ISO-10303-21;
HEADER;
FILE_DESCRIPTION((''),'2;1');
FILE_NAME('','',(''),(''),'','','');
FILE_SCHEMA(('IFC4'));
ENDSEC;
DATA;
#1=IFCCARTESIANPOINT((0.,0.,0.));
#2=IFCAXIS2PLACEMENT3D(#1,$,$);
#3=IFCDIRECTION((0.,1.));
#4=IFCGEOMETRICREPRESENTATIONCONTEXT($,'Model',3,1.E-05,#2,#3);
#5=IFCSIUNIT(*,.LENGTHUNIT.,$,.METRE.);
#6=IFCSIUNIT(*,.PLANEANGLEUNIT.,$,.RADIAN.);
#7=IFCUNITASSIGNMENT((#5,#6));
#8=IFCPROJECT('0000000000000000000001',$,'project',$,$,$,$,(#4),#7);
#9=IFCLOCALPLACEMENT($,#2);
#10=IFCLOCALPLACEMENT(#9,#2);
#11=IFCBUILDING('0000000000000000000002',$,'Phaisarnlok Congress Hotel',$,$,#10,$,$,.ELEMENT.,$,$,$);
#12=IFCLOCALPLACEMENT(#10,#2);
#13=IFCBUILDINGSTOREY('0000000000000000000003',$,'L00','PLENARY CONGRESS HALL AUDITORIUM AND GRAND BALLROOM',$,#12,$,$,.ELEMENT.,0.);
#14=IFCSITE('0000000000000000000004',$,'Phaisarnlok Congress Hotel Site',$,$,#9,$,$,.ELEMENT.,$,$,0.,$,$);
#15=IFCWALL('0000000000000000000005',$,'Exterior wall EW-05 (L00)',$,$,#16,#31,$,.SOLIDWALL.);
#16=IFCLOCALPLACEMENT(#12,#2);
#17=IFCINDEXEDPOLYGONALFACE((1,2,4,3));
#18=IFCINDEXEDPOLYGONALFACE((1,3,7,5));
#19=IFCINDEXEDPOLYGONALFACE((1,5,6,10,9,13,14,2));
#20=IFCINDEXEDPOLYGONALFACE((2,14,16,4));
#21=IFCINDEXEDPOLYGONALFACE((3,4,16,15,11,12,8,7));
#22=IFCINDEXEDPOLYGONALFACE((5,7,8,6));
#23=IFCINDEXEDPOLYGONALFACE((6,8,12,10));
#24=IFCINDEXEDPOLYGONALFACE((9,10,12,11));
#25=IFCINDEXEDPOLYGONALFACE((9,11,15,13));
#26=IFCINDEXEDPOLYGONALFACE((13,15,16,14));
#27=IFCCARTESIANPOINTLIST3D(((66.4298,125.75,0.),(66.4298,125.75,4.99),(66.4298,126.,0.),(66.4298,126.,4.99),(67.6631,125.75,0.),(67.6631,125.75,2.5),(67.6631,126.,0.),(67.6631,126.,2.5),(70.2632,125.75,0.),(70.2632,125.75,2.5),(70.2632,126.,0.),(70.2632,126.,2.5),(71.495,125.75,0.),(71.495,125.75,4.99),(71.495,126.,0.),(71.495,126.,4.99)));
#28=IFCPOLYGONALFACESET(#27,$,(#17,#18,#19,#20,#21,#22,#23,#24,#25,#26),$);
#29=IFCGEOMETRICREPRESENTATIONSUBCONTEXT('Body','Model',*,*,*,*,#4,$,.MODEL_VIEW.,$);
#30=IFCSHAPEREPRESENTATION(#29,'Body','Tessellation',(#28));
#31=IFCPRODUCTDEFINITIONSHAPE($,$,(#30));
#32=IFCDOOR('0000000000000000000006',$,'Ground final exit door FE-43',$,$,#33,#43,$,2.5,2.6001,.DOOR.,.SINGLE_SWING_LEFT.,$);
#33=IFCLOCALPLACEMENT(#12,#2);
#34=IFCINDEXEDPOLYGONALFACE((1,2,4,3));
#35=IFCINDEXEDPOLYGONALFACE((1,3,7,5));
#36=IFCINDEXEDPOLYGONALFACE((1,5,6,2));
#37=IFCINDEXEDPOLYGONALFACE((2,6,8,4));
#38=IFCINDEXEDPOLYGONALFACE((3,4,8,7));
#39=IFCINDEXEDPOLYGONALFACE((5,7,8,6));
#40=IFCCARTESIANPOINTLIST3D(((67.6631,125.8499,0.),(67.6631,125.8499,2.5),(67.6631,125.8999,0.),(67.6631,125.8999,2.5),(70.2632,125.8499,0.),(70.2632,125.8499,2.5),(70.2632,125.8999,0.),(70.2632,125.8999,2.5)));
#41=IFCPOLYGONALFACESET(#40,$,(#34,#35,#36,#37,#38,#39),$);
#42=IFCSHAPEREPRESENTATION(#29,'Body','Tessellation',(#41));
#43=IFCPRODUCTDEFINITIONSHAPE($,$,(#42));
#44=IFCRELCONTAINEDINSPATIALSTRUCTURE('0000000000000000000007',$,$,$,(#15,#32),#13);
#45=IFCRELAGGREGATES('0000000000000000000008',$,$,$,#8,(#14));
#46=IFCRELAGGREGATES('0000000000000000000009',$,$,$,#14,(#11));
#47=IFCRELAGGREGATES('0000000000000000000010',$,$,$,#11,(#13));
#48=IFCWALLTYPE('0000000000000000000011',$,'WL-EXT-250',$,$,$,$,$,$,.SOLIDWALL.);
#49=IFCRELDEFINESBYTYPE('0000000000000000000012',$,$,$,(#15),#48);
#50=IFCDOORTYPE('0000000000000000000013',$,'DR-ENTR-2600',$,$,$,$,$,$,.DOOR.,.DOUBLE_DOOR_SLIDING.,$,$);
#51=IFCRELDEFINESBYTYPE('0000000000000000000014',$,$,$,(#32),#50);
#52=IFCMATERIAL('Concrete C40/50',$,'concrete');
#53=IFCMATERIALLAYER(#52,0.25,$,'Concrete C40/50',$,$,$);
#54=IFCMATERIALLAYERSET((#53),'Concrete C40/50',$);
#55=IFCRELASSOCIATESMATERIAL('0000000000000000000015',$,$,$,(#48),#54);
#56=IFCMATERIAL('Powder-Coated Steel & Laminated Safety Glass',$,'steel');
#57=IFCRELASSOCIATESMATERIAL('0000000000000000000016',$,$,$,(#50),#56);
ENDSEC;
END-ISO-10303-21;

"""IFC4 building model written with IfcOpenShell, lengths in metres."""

from ifc_helpers import new_model, si_unit, direction, frame, frame_2d, origin, place, context, subcontext, project, spatial, rectangle, extrude, material, layer, layer_set, type_object, element, fill, save


model = new_model("IFC4")

# Units and contexts
model_context = context("Model", 3, precision=1e-05, world=origin(), true_north=direction((0.0, 1.0)))
body_context = subcontext(model_context, "Body", "Model", "MODEL_VIEW")
ifc_project = project(units=[si_unit("LENGTHUNIT", "METRE"), si_unit("PLANEANGLEUNIT", "RADIAN")], contexts=[model_context])

# Site, building, storey
site_placement = place(None, origin())
site = spatial("IfcSite", under=ifc_project, at=site_placement, Name="Phaisarnlok Congress Hotel Site", CompositionType="ELEMENT", RefElevation=0.0)
building_placement = place(site_placement, origin())
building = spatial("IfcBuilding", under=site, at=building_placement, Name="Phaisarnlok Congress Hotel", CompositionType="ELEMENT")
storey_placement = place(building_placement, origin())
storey = spatial("IfcBuildingStorey", under=building, at=storey_placement, Name="L00", Description="PLENARY CONGRESS HALL AUDITORIUM AND GRAND BALLROOM", CompositionType="ELEMENT", Elevation=0.0)

# Shared definitions
ifc_material_1 = material(Name="Concrete C40/50", Category="concrete")

# Wall, opening, door
ifc_material_2 = material(Name="Powder-Coated Steel & Laminated Safety Glass", Category="steel")
ifc_layer_1 = layer(ifc_material_1, 0.25, Name="Concrete C40/50")
ifc_layer_set_1 = layer_set([ifc_layer_1], Name="Concrete C40/50")
wall_type_1 = type_object("IfcWallType", Name="WL-EXT-250", PredefinedType="SOLIDWALL", material=ifc_layer_set_1)
wall_1_placement = place(storey_placement, frame((71.4951, 125.875, 0.0), z_axis=(0.0, 0.0, 1.0), x_axis=(-1.0, 0.0, 0.0)))
wall_1 = element("IfcWall", 1, at=wall_1_placement, inside=storey, type_object=wall_type_1, Name="Exterior wall EW-05 (L00)", PredefinedType="SOLIDWALL", context=body_context, shape_type="SweptSolid", body=[
    extrude(rectangle(XDim=5.0652, YDim=0.25, at=frame_2d((2.5327, 0.0))), origin(), (0.0, 0.0, 1.0), 4.99),
])
opening_1_placement = place(wall_1_placement, frame((1.2319, 0.0, 0.0)))
opening_1 = element("IfcOpeningElement", 2, at=opening_1_placement, cuts=wall_1, PredefinedType="OPENING", context=body_context, shape_type="SweptSolid", body=[
    extrude(rectangle(XDim=2.6001, YDim=2.5, at=frame_2d((1.3, 1.25))), frame((0.0, 0.135, 0.0), z_axis=(0.0, -1.0, 0.0), x_axis=(1.0, 0.0, 0.0)), (0.0, 0.0, 1.0), 0.27),
])
door_type_1 = type_object("IfcDoorType", Name="DR-ENTR-2600", OperationType="DOUBLE_DOOR_SLIDING", PredefinedType="DOOR", material=ifc_material_2)
door_1_placement = place(opening_1_placement, frame((2.6001, 0.0, 0.0), z_axis=(0.0, 0.0, 1.0), x_axis=(-1.0, 0.0, 0.0)))
door_1 = element("IfcDoor", 3, at=door_1_placement, inside=storey, type_object=door_type_1, Name="Ground final exit door FE-43", OperationType="SINGLE_SWING_LEFT", OverallHeight=2.5, OverallWidth=2.6001, PredefinedType="DOOR", context=body_context, shape_type="SweptSolid", body=[
    extrude(rectangle(XDim=2.6001, YDim=2.5, at=frame_2d((1.3, 1.25))), frame((0.0, 0.0249, 0.0), z_axis=(0.0, -1.0, 0.0), x_axis=(1.0, 0.0, 0.0)), (0.0, 0.0, 1.0), 0.05),
])
fill(opening_1, door_1)

save(model, "model.ifc")
